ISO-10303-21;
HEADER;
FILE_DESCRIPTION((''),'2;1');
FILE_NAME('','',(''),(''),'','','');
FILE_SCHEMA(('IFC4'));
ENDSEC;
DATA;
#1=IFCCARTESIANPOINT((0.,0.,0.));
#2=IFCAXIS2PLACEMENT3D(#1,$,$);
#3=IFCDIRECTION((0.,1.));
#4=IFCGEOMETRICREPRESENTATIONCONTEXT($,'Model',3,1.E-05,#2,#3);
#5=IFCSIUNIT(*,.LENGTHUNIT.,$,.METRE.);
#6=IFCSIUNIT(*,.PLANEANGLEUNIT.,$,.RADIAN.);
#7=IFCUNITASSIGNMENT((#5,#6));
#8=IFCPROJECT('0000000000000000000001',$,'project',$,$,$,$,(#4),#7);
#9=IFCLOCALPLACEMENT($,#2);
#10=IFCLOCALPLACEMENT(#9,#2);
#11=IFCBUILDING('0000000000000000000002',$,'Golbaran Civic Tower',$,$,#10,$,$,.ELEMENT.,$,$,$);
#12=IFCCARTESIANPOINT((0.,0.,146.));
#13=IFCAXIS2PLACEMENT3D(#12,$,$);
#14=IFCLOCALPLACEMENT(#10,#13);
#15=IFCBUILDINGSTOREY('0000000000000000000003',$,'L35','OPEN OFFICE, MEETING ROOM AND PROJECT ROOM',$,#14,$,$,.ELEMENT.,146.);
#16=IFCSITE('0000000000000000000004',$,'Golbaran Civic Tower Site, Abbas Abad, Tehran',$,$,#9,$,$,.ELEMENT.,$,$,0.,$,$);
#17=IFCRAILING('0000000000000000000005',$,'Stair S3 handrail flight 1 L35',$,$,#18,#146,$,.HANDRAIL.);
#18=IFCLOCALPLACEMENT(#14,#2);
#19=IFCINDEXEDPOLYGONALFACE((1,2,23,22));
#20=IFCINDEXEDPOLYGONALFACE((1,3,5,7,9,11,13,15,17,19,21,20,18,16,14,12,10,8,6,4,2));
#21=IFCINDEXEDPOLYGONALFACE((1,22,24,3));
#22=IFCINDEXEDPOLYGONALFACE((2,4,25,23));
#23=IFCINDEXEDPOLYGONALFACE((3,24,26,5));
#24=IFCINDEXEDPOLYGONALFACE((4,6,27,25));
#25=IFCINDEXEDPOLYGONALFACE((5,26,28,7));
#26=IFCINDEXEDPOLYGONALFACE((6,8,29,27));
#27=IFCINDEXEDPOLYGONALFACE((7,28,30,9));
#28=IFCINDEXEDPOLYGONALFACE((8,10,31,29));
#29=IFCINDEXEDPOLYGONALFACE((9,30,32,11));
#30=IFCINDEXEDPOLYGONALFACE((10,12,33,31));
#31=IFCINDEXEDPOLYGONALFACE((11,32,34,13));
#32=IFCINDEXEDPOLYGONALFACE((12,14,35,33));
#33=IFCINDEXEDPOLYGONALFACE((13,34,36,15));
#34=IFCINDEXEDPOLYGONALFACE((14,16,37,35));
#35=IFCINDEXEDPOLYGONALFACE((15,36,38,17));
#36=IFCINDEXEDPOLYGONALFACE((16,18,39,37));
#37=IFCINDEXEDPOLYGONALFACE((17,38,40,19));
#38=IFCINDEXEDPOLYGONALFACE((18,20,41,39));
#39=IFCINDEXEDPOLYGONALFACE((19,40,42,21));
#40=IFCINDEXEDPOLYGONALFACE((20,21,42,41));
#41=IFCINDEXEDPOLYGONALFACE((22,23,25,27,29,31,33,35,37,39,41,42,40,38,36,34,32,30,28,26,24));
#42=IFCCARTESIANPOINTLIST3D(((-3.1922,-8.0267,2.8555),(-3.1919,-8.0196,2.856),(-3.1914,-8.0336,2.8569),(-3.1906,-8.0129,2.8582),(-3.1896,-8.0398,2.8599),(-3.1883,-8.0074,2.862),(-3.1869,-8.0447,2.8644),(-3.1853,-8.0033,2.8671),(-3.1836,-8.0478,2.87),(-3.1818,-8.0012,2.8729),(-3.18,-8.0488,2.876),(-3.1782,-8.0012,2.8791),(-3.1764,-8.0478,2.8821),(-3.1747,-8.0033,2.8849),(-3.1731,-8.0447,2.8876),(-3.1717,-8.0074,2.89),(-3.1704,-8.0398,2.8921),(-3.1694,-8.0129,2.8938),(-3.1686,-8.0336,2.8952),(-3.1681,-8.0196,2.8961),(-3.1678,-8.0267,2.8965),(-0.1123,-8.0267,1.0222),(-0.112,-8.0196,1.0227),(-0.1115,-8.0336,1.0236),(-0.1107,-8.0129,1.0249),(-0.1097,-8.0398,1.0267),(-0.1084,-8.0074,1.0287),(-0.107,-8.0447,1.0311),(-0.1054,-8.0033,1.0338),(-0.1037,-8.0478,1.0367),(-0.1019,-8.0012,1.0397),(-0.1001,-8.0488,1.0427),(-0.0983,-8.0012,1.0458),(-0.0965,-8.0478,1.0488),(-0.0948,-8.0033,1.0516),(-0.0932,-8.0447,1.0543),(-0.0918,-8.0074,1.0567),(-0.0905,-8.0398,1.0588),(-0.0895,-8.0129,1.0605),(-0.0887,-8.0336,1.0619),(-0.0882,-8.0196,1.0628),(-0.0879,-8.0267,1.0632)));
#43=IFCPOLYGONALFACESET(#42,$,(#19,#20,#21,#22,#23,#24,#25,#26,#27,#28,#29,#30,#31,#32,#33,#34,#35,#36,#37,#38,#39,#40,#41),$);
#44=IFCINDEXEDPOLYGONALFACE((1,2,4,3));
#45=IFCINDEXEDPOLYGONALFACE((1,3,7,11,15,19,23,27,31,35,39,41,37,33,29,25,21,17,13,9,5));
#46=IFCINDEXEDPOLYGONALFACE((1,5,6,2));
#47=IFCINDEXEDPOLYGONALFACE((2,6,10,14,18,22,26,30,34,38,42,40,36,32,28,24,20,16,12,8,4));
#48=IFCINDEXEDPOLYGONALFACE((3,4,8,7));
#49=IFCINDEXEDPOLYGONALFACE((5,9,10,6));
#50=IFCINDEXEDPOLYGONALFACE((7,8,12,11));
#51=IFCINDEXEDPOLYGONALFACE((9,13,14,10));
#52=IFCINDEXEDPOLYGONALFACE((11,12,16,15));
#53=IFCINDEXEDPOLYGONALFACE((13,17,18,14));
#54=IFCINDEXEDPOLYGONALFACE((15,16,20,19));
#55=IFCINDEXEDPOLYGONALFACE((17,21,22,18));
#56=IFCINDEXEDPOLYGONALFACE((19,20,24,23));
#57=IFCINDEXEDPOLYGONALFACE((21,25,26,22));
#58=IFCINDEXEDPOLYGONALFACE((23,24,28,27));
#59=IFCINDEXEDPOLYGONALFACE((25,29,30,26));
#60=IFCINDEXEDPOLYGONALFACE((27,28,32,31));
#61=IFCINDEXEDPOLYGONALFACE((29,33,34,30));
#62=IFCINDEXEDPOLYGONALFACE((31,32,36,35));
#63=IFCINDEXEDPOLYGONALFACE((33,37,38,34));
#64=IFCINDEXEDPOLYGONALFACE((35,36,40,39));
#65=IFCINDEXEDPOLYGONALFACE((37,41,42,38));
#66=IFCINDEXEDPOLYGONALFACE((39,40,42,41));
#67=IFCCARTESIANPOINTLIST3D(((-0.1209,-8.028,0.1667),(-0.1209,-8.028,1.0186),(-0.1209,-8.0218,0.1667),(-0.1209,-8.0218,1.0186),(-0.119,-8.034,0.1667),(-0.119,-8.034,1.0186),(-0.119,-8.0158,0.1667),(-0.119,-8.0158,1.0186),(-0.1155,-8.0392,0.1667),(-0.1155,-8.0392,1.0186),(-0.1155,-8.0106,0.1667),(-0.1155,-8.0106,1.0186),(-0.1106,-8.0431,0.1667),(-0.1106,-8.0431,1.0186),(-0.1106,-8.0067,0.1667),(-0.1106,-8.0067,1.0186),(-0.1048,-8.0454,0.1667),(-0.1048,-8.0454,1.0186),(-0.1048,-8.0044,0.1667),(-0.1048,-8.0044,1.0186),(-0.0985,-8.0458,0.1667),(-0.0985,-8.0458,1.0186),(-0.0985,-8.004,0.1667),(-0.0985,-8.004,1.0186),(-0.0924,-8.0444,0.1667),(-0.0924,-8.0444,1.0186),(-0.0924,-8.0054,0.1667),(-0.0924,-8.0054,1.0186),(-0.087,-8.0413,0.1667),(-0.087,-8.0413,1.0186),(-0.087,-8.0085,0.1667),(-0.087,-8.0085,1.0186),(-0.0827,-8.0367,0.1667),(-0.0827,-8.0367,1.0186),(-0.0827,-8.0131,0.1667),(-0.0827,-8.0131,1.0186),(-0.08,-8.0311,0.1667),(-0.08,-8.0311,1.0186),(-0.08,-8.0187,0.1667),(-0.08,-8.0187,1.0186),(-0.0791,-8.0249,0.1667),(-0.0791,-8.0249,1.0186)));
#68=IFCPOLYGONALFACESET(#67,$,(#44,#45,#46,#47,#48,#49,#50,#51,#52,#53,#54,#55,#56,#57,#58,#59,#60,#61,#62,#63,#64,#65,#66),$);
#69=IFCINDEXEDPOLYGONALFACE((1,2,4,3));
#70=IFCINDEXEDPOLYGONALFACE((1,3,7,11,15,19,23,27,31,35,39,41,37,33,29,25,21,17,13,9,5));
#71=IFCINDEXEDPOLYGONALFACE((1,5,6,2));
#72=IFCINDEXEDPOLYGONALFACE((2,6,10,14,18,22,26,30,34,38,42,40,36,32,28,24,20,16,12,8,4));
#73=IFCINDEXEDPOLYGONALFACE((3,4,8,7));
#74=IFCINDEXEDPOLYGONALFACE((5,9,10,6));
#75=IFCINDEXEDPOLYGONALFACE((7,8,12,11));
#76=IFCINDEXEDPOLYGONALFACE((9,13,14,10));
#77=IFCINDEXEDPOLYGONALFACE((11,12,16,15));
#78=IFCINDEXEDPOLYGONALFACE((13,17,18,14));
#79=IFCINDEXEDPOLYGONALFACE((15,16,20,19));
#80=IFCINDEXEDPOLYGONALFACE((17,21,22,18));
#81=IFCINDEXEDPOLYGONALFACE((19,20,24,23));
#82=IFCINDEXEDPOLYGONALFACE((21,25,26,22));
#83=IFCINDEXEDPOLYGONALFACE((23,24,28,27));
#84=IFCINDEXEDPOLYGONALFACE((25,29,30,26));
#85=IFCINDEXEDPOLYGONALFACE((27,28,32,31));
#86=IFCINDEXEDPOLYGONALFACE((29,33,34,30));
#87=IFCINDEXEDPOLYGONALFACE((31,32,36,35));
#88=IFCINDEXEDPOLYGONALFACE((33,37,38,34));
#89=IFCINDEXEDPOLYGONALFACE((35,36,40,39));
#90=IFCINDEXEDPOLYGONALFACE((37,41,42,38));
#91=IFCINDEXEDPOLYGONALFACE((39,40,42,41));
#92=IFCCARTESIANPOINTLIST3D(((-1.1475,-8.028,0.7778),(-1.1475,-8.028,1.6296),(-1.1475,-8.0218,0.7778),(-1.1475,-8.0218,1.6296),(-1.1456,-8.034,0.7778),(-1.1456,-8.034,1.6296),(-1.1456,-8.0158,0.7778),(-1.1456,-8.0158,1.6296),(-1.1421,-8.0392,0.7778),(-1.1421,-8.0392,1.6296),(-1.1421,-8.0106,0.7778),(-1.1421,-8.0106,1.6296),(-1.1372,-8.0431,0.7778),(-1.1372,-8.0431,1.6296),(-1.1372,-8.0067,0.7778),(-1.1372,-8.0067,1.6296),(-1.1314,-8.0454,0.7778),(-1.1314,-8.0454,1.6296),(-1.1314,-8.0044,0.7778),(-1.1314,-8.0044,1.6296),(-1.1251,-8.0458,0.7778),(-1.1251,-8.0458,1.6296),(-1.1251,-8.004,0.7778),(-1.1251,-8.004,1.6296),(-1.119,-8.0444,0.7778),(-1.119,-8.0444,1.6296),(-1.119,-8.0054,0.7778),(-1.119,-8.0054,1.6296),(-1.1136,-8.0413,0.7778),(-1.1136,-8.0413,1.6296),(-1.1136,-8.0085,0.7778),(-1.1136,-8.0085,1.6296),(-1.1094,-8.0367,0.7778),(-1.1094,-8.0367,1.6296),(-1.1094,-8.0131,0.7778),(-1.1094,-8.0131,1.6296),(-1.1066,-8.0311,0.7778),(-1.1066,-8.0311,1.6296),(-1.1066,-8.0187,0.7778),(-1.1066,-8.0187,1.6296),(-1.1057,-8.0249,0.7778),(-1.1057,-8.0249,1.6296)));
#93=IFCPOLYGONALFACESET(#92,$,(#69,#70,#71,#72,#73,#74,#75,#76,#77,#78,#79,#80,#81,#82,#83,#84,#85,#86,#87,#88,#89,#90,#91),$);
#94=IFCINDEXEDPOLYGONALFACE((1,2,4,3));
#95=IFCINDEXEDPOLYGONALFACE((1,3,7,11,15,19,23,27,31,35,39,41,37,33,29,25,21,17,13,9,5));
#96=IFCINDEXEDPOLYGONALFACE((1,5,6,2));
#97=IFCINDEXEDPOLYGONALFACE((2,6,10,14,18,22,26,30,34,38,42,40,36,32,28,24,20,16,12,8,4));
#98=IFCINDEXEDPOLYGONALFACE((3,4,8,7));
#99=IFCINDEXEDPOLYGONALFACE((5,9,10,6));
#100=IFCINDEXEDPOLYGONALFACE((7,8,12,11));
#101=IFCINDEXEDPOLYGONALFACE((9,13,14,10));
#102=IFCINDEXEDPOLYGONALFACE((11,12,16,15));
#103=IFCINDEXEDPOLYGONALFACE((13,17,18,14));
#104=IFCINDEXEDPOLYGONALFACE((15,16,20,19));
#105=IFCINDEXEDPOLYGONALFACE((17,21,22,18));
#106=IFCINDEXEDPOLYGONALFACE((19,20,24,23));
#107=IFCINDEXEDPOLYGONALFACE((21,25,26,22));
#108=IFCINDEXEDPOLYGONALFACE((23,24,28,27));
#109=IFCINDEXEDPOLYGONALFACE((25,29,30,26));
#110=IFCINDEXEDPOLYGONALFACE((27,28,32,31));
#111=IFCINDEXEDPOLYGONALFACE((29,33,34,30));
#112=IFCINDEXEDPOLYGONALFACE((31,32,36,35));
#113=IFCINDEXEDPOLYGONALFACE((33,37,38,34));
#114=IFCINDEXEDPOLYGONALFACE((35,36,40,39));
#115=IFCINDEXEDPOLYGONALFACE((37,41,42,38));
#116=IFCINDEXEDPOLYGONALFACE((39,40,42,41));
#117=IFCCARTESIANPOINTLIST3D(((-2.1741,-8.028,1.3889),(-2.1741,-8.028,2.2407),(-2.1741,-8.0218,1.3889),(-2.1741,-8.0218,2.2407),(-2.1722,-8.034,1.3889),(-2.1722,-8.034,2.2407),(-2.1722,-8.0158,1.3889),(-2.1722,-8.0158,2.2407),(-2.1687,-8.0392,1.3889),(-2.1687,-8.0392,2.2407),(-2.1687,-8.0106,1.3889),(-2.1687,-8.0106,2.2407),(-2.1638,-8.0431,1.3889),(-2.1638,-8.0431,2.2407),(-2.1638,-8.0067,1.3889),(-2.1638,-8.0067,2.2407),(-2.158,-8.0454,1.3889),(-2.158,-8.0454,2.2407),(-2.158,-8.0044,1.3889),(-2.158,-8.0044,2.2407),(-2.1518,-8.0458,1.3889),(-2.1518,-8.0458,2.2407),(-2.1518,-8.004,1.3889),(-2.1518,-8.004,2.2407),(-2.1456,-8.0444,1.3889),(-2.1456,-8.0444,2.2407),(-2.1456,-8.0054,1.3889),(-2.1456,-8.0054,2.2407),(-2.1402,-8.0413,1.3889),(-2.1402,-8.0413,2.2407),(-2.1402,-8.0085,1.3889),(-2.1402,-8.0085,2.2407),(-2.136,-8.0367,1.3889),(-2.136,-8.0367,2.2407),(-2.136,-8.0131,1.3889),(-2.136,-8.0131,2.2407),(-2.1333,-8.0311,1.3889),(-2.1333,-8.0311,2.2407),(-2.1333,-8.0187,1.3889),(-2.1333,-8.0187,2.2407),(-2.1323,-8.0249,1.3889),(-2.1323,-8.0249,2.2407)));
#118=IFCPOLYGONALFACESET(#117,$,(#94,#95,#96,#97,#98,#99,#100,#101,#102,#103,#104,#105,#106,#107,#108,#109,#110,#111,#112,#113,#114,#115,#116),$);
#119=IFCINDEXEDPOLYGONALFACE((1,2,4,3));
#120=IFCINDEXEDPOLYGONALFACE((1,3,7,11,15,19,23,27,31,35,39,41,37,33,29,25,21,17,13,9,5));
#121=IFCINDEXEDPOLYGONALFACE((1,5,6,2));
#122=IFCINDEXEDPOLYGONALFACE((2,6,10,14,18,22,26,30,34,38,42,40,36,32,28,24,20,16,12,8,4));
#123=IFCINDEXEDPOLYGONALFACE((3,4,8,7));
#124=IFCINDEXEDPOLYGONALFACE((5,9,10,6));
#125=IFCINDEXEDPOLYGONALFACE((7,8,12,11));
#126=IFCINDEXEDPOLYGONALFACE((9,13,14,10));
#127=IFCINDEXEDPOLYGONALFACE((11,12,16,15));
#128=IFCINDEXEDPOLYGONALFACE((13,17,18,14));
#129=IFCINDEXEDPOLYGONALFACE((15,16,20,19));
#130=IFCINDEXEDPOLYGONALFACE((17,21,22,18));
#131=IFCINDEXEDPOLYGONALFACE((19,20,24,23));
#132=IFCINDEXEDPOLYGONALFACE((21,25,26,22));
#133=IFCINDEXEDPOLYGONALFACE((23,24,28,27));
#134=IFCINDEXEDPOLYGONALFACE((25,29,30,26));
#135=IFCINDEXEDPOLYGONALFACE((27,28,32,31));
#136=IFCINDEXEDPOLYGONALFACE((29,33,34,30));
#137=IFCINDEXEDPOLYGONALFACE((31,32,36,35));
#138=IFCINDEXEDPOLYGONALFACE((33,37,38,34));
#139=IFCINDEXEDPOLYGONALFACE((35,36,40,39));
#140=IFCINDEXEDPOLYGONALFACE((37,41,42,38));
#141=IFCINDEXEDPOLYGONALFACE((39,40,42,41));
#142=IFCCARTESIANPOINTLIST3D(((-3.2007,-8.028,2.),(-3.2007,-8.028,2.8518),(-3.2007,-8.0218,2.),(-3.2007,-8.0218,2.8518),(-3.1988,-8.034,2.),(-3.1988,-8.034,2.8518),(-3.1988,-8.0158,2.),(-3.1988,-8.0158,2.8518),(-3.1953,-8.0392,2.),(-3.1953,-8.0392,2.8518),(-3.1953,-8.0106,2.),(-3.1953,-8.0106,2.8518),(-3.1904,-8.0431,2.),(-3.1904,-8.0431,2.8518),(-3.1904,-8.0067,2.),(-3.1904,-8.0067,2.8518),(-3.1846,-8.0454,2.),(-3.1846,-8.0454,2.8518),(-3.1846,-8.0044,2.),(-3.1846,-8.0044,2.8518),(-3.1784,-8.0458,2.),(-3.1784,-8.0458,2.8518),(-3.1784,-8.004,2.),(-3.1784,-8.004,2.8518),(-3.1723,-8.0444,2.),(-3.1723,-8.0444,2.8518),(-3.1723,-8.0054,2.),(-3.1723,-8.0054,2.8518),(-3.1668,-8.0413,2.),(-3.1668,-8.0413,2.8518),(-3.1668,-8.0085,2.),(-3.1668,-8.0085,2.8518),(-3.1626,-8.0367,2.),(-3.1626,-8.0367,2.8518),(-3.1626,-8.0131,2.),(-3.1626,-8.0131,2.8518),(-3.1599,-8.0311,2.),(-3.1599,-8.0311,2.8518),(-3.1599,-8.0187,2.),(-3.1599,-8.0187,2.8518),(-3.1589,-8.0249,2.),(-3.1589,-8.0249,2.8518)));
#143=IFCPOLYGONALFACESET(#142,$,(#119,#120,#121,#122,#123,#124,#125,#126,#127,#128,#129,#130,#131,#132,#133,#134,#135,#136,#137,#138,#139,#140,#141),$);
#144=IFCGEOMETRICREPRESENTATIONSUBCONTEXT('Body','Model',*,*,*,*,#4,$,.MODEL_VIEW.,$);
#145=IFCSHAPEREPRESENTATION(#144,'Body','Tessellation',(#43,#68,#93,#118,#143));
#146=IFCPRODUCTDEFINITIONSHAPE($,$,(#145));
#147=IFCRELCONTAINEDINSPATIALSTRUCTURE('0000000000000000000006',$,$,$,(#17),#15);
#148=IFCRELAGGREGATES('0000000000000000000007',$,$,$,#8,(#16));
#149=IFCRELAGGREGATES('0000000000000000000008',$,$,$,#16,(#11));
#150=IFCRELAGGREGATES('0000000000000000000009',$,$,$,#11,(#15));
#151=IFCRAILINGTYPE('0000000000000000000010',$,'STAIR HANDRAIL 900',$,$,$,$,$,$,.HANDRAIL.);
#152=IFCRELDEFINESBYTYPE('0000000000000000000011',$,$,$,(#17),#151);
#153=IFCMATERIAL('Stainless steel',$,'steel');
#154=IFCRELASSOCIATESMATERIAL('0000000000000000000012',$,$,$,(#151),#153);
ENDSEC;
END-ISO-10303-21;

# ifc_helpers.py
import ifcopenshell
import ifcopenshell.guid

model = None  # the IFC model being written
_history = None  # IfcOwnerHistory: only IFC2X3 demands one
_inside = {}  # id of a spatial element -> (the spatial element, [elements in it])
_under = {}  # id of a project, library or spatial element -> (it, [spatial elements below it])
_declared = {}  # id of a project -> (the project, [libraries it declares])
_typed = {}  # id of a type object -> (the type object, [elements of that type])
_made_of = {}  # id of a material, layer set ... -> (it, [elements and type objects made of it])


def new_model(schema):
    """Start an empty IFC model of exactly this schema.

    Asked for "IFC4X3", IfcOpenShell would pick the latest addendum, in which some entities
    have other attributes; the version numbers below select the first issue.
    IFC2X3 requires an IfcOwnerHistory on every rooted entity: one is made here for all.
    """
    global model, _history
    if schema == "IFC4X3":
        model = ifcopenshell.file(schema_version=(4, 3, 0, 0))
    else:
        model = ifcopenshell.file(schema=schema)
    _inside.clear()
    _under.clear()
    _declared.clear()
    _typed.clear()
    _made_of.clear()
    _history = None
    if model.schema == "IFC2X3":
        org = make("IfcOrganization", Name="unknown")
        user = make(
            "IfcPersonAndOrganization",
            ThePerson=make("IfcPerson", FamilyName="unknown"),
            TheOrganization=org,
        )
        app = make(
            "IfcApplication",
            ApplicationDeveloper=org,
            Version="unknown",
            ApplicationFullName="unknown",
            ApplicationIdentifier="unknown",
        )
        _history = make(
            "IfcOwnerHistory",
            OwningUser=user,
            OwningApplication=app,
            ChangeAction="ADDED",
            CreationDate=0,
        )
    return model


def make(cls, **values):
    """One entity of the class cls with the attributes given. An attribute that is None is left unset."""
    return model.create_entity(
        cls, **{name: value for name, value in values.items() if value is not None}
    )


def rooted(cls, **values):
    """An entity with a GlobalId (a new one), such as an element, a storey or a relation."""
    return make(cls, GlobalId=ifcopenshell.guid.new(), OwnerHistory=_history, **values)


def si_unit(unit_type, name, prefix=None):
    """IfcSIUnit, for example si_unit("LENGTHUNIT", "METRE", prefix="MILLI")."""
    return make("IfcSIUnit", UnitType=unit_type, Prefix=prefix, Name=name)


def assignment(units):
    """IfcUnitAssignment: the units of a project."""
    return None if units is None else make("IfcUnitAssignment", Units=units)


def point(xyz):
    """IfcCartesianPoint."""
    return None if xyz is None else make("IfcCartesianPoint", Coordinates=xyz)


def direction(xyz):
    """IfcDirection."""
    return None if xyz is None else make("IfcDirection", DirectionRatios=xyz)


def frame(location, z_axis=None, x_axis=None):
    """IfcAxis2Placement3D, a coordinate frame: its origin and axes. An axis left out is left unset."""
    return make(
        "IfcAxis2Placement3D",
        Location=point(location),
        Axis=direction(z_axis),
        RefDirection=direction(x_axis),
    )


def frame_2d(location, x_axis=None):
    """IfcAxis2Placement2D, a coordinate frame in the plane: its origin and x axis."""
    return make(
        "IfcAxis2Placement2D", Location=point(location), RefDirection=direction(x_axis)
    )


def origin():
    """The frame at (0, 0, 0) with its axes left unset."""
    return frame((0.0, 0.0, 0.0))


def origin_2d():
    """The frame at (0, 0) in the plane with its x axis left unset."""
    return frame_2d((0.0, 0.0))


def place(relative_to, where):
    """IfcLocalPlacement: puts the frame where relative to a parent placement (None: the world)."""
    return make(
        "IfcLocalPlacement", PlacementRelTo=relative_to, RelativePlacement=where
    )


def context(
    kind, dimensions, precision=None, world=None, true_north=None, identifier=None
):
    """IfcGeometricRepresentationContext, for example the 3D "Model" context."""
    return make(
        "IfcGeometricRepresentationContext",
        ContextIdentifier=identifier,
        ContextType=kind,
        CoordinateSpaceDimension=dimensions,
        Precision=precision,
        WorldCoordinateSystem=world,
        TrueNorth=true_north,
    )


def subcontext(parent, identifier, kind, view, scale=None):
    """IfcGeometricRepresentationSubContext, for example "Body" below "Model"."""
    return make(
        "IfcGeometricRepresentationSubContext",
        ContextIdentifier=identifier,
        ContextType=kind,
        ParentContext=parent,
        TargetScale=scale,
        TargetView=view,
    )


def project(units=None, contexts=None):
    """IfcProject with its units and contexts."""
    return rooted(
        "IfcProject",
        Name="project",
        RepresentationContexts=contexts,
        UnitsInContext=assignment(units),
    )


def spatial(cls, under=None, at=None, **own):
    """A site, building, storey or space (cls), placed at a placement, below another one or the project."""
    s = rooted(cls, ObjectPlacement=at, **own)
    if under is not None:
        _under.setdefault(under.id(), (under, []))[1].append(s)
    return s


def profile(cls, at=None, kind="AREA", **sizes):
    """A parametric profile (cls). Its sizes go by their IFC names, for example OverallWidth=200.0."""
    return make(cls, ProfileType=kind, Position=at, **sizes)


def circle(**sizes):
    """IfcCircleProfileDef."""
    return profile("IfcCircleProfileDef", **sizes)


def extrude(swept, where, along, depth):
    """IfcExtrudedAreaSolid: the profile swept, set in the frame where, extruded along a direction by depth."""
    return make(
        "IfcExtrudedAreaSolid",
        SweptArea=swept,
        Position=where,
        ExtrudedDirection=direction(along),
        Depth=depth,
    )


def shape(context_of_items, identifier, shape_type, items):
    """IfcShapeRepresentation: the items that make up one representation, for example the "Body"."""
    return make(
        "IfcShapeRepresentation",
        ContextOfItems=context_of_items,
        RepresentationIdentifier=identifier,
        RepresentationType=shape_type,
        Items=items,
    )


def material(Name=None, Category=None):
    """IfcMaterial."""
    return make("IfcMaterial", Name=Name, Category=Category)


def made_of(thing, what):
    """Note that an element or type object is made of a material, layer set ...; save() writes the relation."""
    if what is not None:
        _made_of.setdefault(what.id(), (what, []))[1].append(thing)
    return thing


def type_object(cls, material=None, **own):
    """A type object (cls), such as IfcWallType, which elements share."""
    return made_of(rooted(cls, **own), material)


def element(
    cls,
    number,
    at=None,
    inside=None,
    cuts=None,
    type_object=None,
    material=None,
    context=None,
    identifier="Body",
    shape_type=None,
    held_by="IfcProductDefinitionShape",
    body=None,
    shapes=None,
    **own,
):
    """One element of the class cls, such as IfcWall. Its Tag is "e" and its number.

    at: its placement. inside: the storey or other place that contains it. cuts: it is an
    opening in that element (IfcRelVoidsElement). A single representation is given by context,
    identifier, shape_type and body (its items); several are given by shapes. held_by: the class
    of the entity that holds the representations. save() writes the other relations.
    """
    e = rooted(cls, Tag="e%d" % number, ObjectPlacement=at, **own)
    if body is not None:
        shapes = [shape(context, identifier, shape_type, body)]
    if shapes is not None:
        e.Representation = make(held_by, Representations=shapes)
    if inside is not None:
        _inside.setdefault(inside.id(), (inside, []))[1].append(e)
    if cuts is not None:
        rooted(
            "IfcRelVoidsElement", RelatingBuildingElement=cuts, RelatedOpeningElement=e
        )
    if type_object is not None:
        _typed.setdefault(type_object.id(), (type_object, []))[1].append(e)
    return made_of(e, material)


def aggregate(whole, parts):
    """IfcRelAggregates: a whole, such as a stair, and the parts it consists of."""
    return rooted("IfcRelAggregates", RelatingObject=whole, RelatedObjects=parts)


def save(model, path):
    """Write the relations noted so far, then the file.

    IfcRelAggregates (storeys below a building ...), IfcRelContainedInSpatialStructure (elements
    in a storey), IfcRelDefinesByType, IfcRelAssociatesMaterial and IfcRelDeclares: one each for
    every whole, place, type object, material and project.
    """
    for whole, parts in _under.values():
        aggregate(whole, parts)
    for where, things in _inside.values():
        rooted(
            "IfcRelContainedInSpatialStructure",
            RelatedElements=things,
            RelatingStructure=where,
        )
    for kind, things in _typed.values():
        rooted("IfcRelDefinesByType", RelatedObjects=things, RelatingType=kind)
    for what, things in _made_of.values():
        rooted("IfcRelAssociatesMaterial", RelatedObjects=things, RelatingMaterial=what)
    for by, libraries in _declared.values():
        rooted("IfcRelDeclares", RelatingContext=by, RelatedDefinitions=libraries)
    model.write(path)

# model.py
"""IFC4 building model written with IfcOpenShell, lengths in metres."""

from ifc_helpers import new_model, si_unit, direction, frame, origin, origin_2d, place, context, subcontext, project, spatial, circle, extrude, material, type_object, element, save


model = new_model("IFC4")

# Units and contexts
model_context = context("Model", 3, precision=1e-05, world=origin(), true_north=direction((0.0, 1.0)))
body_context = subcontext(model_context, "Body", "Model", "MODEL_VIEW")
ifc_project = project(units=[si_unit("LENGTHUNIT", "METRE"), si_unit("PLANEANGLEUNIT", "RADIAN")], contexts=[model_context])

# Site, building, storey
site_placement = place(None, origin())
site = spatial("IfcSite", under=ifc_project, at=site_placement, Name="Golbaran Civic Tower Site, Abbas Abad, Tehran", CompositionType="ELEMENT", RefElevation=0.0)
building_placement = place(site_placement, origin())
building = spatial("IfcBuilding", under=site, at=building_placement, Name="Golbaran Civic Tower", CompositionType="ELEMENT")
storey_placement = place(building_placement, frame((0.0, 0.0, 146.0)))
storey = spatial("IfcBuildingStorey", under=building, at=storey_placement, Name="L35", Description="OPEN OFFICE, MEETING ROOM AND PROJECT ROOM", CompositionType="ELEMENT", Elevation=146.0)

# Shared definitions
ifc_material_1 = material(Name="Stainless steel", Category="steel")

# Railing
railing_type = type_object("IfcRailingType", Name="STAIR HANDRAIL 900", PredefinedType="HANDRAIL", material=ifc_material_1)
railing_1_placement = place(storey_placement, frame((-0.1001, -8.0249, 0.1667)))
element("IfcRailing", 1, at=railing_1_placement, inside=storey, type_object=railing_type, Name="Stair S3 handrail flight 1 L35", PredefinedType="HANDRAIL", context=body_context, shape_type="SweptSolid", body=[
    extrude(circle(Radius=0.0239, at=origin_2d()), frame((0.0, 0.0, 0.876), z_axis=(-0.859291, 0.0, 0.511487), x_axis=(0.0, -1.0, 0.0)), (0.0, 0.0, 1.0), 3.5842),
    extrude(circle(Radius=0.021, at=origin_2d()), origin(), (0.0, 0.0, 1.0), 0.8518),
    extrude(circle(Radius=0.021, at=origin_2d()), frame((-1.0266, 0.0, 0.6111)), (0.0, 0.0, 1.0), 0.8518),
    extrude(circle(Radius=0.021, at=origin_2d()), frame((-2.0532, 0.0, 1.2222)), (0.0, 0.0, 1.0), 0.8518),
    extrude(circle(Radius=0.021, at=origin_2d()), frame((-3.0798, 0.0, 1.8333)), (0.0, 0.0, 1.0), 0.8518),
])

save(model, "model.ifc")
